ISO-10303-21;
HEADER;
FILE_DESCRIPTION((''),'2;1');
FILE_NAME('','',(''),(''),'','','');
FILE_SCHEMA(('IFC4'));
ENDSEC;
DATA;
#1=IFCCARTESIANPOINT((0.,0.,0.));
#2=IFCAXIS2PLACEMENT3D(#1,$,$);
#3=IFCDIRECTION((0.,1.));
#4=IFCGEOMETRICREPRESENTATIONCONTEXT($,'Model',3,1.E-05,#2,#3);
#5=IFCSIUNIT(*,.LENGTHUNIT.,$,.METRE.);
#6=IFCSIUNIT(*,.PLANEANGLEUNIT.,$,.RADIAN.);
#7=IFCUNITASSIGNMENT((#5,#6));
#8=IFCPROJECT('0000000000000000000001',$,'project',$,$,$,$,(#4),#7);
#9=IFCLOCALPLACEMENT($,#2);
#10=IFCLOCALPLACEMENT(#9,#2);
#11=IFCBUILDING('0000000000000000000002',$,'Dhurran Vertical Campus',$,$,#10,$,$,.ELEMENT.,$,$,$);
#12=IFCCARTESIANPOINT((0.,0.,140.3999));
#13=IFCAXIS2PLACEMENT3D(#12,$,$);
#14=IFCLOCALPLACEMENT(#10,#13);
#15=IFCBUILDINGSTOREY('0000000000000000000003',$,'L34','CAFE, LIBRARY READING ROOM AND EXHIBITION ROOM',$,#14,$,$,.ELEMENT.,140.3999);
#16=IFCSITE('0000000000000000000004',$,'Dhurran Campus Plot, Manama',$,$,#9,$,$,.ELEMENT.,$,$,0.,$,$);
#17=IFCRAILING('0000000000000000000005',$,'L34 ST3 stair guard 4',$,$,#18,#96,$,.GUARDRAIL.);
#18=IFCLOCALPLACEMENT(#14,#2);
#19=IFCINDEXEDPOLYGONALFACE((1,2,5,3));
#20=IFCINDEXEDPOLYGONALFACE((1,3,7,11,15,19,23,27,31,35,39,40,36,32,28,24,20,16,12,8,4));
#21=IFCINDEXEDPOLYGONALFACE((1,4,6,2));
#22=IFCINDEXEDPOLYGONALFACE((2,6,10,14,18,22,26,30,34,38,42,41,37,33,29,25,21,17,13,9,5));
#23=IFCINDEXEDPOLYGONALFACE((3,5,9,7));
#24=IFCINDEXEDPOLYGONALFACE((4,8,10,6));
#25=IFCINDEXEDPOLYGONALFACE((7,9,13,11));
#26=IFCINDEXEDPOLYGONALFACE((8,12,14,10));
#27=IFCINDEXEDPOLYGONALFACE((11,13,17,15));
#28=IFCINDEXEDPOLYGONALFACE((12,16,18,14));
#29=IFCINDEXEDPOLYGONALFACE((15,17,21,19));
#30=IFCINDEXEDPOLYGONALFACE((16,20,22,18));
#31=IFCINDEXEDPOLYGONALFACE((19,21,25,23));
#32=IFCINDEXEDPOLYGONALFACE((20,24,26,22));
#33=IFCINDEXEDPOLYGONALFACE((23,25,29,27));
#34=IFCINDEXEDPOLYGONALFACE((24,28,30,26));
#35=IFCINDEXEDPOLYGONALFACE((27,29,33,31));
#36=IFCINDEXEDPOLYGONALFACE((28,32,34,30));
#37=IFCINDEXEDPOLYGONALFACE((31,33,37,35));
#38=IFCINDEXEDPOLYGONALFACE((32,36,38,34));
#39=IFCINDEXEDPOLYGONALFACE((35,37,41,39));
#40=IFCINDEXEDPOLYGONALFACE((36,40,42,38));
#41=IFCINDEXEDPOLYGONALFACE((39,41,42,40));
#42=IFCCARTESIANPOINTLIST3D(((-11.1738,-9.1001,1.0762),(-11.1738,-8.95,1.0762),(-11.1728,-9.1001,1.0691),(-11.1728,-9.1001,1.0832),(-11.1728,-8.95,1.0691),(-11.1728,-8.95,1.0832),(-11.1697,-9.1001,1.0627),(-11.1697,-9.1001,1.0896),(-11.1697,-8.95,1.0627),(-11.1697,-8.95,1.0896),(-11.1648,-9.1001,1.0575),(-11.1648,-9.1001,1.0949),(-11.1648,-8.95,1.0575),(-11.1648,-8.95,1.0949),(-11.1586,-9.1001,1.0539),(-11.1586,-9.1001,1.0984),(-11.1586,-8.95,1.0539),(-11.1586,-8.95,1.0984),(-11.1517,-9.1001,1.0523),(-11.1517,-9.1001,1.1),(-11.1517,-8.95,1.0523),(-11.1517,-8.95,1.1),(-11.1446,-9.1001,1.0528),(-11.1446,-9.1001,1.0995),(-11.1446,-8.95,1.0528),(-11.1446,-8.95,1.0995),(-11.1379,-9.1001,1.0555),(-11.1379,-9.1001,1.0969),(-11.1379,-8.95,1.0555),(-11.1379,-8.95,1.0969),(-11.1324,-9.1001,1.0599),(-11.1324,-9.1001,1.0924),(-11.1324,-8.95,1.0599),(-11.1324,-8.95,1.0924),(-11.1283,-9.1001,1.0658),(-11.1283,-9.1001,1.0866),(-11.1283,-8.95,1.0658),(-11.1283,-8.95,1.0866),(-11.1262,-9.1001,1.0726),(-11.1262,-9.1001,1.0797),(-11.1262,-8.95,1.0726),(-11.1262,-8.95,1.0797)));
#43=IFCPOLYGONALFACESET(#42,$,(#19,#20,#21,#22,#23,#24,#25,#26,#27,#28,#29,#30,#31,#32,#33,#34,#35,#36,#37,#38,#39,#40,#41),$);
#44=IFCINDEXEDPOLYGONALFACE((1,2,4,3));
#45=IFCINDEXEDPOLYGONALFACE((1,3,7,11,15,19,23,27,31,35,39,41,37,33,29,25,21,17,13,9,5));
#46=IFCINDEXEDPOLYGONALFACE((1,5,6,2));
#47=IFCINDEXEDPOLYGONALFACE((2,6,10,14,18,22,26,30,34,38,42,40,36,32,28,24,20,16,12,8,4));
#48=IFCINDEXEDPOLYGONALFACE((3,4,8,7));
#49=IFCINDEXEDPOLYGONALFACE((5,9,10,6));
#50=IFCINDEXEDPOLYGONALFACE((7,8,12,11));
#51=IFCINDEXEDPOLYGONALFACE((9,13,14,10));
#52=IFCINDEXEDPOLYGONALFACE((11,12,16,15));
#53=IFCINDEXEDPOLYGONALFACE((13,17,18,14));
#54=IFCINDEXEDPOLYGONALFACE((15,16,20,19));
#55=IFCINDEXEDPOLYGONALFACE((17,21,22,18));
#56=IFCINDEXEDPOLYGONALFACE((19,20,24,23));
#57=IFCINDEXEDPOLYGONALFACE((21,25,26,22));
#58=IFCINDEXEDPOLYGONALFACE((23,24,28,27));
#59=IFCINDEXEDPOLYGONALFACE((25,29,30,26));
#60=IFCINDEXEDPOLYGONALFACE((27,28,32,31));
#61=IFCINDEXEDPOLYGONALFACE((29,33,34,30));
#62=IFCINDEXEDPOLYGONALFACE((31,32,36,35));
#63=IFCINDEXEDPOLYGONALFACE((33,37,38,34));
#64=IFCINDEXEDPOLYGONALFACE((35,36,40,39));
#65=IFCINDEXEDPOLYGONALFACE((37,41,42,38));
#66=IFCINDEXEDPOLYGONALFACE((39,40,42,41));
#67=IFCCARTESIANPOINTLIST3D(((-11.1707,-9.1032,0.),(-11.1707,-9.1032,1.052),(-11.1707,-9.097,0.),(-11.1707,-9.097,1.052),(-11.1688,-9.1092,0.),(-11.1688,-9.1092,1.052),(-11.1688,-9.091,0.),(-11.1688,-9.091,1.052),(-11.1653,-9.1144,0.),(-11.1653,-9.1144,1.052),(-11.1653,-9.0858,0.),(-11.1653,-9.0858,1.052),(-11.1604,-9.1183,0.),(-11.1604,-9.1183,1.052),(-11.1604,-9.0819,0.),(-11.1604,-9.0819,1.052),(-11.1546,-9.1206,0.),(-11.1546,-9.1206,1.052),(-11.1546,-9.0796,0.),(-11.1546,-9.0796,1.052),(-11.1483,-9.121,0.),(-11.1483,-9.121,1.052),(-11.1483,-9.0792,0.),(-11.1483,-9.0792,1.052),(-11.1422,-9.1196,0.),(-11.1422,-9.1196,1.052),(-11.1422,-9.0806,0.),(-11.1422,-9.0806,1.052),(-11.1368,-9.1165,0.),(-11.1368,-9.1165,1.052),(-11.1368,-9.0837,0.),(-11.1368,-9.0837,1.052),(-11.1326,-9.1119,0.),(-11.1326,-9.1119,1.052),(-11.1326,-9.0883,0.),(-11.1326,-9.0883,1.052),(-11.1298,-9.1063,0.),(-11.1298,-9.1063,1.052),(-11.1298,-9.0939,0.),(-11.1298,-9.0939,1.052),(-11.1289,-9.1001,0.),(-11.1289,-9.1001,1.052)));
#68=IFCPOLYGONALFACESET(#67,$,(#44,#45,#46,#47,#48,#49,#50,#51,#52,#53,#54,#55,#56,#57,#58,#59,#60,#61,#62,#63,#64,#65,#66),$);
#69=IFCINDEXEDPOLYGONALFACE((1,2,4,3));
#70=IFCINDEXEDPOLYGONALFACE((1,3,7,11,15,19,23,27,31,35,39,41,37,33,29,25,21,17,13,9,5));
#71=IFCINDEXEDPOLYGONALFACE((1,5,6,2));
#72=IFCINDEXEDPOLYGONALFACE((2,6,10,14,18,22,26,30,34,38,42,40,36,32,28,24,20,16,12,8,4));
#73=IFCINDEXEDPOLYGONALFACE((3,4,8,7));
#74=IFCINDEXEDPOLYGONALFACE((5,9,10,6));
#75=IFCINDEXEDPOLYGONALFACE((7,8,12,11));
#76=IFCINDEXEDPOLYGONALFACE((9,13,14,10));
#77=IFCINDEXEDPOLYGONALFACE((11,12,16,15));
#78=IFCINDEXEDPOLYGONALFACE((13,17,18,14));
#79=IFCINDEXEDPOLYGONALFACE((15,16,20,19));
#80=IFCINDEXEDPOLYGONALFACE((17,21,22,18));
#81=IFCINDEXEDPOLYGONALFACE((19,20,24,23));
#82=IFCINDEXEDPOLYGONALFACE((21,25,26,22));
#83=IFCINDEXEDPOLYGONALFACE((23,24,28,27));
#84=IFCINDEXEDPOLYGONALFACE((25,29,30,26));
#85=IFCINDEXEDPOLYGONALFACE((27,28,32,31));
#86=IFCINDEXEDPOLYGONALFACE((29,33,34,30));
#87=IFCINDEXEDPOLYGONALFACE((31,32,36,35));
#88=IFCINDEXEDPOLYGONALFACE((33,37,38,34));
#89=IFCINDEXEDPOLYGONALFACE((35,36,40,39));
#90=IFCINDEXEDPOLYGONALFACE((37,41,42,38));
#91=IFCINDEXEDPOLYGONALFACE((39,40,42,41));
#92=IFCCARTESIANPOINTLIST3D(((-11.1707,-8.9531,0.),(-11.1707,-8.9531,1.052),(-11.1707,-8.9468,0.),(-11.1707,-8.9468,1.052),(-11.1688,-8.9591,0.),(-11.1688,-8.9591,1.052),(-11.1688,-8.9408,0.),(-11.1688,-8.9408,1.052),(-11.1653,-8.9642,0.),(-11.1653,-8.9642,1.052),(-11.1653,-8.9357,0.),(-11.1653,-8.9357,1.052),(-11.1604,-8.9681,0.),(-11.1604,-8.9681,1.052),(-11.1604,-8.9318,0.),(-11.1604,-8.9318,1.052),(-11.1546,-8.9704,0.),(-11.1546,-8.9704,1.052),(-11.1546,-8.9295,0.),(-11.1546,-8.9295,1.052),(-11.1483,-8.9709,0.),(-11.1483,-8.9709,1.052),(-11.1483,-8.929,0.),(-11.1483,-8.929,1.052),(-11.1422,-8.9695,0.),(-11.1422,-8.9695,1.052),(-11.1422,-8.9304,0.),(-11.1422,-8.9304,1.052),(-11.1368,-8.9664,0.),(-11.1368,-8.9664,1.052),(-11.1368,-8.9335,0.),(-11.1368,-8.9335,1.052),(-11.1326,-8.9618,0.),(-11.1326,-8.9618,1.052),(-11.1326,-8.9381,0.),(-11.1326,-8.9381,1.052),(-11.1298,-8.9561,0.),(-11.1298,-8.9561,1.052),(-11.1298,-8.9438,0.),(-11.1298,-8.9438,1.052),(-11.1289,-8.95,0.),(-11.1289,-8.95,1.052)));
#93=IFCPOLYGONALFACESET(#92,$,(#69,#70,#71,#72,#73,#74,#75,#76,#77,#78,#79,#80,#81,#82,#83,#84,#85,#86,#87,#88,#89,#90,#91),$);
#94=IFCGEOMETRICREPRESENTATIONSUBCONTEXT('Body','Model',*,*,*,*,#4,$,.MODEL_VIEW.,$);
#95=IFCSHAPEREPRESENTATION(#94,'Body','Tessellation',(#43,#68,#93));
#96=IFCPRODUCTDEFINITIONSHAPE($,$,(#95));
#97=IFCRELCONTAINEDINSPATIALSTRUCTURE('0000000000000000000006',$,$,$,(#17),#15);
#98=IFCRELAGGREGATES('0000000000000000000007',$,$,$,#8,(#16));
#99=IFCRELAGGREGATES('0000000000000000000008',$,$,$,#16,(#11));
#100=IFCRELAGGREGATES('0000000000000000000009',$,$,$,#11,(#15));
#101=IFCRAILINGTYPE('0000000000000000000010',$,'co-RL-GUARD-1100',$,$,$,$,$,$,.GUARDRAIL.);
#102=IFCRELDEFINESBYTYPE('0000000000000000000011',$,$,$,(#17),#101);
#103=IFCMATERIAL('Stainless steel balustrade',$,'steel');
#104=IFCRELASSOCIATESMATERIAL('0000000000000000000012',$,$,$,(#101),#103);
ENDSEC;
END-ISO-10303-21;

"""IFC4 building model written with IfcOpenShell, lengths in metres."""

from ifc_helpers import new_model, si_unit, direction, frame, origin, origin_2d, place, context, subcontext, project, spatial, circle, extrude, material, type_object, element, save


model = new_model("IFC4")

# Units and contexts
model_context = context("Model", 3, precision=1e-05, world=origin(), true_north=direction((0.0, 1.0)))
body_context = subcontext(model_context, "Body", "Model", "MODEL_VIEW")
ifc_project = project(units=[si_unit("LENGTHUNIT", "METRE"), si_unit("PLANEANGLEUNIT", "RADIAN")], contexts=[model_context])

# Site, building, storey
site_placement = place(None, origin())
site = spatial("IfcSite", under=ifc_project, at=site_placement, Name="Dhurran Campus Plot, Manama", CompositionType="ELEMENT", RefElevation=0.0)
building_placement = place(site_placement, origin())
building = spatial("IfcBuilding", under=site, at=building_placement, Name="Dhurran Vertical Campus", CompositionType="ELEMENT")
storey_placement = place(building_placement, frame((0.0, 0.0, 140.3999)))
storey = spatial("IfcBuildingStorey", under=building, at=storey_placement, Name="L34", Description="CAFE, LIBRARY READING ROOM AND EXHIBITION ROOM", CompositionType="ELEMENT", Elevation=140.3999)

# Railing
ifc_material_1 = material(Name="Stainless steel balustrade", Category="steel")
railing_type_1 = type_object("IfcRailingType", Name="co-RL-GUARD-1100", PredefinedType="GUARDRAIL", material=ifc_material_1)
railing_1_placement = place(storey_placement, frame((-11.1499, -9.1001, 0.0)))
element("IfcRailing", 1, at=railing_1_placement, inside=storey, type_object=railing_type_1, Name="L34 ST3 stair guard 4", PredefinedType="GUARDRAIL", context=body_context, shape_type="SweptSolid", body=[
    extrude(circle(Radius=0.0239, at=origin_2d()), frame((0.0, 0.0, 1.0762), z_axis=(0.0, 1.0, 0.0), x_axis=(-1.0, 0.0, 0.0)), (0.0, 0.0, 1.0), 0.1501),
    extrude(circle(Radius=0.021, at=origin_2d()), origin(), (0.0, 0.0, 1.0), 1.052),
    extrude(circle(Radius=0.021, at=origin_2d()), frame((0.0, 0.1501, 0.0)), (0.0, 0.0, 1.0), 1.052),
])

save(model, "model.ifc")
